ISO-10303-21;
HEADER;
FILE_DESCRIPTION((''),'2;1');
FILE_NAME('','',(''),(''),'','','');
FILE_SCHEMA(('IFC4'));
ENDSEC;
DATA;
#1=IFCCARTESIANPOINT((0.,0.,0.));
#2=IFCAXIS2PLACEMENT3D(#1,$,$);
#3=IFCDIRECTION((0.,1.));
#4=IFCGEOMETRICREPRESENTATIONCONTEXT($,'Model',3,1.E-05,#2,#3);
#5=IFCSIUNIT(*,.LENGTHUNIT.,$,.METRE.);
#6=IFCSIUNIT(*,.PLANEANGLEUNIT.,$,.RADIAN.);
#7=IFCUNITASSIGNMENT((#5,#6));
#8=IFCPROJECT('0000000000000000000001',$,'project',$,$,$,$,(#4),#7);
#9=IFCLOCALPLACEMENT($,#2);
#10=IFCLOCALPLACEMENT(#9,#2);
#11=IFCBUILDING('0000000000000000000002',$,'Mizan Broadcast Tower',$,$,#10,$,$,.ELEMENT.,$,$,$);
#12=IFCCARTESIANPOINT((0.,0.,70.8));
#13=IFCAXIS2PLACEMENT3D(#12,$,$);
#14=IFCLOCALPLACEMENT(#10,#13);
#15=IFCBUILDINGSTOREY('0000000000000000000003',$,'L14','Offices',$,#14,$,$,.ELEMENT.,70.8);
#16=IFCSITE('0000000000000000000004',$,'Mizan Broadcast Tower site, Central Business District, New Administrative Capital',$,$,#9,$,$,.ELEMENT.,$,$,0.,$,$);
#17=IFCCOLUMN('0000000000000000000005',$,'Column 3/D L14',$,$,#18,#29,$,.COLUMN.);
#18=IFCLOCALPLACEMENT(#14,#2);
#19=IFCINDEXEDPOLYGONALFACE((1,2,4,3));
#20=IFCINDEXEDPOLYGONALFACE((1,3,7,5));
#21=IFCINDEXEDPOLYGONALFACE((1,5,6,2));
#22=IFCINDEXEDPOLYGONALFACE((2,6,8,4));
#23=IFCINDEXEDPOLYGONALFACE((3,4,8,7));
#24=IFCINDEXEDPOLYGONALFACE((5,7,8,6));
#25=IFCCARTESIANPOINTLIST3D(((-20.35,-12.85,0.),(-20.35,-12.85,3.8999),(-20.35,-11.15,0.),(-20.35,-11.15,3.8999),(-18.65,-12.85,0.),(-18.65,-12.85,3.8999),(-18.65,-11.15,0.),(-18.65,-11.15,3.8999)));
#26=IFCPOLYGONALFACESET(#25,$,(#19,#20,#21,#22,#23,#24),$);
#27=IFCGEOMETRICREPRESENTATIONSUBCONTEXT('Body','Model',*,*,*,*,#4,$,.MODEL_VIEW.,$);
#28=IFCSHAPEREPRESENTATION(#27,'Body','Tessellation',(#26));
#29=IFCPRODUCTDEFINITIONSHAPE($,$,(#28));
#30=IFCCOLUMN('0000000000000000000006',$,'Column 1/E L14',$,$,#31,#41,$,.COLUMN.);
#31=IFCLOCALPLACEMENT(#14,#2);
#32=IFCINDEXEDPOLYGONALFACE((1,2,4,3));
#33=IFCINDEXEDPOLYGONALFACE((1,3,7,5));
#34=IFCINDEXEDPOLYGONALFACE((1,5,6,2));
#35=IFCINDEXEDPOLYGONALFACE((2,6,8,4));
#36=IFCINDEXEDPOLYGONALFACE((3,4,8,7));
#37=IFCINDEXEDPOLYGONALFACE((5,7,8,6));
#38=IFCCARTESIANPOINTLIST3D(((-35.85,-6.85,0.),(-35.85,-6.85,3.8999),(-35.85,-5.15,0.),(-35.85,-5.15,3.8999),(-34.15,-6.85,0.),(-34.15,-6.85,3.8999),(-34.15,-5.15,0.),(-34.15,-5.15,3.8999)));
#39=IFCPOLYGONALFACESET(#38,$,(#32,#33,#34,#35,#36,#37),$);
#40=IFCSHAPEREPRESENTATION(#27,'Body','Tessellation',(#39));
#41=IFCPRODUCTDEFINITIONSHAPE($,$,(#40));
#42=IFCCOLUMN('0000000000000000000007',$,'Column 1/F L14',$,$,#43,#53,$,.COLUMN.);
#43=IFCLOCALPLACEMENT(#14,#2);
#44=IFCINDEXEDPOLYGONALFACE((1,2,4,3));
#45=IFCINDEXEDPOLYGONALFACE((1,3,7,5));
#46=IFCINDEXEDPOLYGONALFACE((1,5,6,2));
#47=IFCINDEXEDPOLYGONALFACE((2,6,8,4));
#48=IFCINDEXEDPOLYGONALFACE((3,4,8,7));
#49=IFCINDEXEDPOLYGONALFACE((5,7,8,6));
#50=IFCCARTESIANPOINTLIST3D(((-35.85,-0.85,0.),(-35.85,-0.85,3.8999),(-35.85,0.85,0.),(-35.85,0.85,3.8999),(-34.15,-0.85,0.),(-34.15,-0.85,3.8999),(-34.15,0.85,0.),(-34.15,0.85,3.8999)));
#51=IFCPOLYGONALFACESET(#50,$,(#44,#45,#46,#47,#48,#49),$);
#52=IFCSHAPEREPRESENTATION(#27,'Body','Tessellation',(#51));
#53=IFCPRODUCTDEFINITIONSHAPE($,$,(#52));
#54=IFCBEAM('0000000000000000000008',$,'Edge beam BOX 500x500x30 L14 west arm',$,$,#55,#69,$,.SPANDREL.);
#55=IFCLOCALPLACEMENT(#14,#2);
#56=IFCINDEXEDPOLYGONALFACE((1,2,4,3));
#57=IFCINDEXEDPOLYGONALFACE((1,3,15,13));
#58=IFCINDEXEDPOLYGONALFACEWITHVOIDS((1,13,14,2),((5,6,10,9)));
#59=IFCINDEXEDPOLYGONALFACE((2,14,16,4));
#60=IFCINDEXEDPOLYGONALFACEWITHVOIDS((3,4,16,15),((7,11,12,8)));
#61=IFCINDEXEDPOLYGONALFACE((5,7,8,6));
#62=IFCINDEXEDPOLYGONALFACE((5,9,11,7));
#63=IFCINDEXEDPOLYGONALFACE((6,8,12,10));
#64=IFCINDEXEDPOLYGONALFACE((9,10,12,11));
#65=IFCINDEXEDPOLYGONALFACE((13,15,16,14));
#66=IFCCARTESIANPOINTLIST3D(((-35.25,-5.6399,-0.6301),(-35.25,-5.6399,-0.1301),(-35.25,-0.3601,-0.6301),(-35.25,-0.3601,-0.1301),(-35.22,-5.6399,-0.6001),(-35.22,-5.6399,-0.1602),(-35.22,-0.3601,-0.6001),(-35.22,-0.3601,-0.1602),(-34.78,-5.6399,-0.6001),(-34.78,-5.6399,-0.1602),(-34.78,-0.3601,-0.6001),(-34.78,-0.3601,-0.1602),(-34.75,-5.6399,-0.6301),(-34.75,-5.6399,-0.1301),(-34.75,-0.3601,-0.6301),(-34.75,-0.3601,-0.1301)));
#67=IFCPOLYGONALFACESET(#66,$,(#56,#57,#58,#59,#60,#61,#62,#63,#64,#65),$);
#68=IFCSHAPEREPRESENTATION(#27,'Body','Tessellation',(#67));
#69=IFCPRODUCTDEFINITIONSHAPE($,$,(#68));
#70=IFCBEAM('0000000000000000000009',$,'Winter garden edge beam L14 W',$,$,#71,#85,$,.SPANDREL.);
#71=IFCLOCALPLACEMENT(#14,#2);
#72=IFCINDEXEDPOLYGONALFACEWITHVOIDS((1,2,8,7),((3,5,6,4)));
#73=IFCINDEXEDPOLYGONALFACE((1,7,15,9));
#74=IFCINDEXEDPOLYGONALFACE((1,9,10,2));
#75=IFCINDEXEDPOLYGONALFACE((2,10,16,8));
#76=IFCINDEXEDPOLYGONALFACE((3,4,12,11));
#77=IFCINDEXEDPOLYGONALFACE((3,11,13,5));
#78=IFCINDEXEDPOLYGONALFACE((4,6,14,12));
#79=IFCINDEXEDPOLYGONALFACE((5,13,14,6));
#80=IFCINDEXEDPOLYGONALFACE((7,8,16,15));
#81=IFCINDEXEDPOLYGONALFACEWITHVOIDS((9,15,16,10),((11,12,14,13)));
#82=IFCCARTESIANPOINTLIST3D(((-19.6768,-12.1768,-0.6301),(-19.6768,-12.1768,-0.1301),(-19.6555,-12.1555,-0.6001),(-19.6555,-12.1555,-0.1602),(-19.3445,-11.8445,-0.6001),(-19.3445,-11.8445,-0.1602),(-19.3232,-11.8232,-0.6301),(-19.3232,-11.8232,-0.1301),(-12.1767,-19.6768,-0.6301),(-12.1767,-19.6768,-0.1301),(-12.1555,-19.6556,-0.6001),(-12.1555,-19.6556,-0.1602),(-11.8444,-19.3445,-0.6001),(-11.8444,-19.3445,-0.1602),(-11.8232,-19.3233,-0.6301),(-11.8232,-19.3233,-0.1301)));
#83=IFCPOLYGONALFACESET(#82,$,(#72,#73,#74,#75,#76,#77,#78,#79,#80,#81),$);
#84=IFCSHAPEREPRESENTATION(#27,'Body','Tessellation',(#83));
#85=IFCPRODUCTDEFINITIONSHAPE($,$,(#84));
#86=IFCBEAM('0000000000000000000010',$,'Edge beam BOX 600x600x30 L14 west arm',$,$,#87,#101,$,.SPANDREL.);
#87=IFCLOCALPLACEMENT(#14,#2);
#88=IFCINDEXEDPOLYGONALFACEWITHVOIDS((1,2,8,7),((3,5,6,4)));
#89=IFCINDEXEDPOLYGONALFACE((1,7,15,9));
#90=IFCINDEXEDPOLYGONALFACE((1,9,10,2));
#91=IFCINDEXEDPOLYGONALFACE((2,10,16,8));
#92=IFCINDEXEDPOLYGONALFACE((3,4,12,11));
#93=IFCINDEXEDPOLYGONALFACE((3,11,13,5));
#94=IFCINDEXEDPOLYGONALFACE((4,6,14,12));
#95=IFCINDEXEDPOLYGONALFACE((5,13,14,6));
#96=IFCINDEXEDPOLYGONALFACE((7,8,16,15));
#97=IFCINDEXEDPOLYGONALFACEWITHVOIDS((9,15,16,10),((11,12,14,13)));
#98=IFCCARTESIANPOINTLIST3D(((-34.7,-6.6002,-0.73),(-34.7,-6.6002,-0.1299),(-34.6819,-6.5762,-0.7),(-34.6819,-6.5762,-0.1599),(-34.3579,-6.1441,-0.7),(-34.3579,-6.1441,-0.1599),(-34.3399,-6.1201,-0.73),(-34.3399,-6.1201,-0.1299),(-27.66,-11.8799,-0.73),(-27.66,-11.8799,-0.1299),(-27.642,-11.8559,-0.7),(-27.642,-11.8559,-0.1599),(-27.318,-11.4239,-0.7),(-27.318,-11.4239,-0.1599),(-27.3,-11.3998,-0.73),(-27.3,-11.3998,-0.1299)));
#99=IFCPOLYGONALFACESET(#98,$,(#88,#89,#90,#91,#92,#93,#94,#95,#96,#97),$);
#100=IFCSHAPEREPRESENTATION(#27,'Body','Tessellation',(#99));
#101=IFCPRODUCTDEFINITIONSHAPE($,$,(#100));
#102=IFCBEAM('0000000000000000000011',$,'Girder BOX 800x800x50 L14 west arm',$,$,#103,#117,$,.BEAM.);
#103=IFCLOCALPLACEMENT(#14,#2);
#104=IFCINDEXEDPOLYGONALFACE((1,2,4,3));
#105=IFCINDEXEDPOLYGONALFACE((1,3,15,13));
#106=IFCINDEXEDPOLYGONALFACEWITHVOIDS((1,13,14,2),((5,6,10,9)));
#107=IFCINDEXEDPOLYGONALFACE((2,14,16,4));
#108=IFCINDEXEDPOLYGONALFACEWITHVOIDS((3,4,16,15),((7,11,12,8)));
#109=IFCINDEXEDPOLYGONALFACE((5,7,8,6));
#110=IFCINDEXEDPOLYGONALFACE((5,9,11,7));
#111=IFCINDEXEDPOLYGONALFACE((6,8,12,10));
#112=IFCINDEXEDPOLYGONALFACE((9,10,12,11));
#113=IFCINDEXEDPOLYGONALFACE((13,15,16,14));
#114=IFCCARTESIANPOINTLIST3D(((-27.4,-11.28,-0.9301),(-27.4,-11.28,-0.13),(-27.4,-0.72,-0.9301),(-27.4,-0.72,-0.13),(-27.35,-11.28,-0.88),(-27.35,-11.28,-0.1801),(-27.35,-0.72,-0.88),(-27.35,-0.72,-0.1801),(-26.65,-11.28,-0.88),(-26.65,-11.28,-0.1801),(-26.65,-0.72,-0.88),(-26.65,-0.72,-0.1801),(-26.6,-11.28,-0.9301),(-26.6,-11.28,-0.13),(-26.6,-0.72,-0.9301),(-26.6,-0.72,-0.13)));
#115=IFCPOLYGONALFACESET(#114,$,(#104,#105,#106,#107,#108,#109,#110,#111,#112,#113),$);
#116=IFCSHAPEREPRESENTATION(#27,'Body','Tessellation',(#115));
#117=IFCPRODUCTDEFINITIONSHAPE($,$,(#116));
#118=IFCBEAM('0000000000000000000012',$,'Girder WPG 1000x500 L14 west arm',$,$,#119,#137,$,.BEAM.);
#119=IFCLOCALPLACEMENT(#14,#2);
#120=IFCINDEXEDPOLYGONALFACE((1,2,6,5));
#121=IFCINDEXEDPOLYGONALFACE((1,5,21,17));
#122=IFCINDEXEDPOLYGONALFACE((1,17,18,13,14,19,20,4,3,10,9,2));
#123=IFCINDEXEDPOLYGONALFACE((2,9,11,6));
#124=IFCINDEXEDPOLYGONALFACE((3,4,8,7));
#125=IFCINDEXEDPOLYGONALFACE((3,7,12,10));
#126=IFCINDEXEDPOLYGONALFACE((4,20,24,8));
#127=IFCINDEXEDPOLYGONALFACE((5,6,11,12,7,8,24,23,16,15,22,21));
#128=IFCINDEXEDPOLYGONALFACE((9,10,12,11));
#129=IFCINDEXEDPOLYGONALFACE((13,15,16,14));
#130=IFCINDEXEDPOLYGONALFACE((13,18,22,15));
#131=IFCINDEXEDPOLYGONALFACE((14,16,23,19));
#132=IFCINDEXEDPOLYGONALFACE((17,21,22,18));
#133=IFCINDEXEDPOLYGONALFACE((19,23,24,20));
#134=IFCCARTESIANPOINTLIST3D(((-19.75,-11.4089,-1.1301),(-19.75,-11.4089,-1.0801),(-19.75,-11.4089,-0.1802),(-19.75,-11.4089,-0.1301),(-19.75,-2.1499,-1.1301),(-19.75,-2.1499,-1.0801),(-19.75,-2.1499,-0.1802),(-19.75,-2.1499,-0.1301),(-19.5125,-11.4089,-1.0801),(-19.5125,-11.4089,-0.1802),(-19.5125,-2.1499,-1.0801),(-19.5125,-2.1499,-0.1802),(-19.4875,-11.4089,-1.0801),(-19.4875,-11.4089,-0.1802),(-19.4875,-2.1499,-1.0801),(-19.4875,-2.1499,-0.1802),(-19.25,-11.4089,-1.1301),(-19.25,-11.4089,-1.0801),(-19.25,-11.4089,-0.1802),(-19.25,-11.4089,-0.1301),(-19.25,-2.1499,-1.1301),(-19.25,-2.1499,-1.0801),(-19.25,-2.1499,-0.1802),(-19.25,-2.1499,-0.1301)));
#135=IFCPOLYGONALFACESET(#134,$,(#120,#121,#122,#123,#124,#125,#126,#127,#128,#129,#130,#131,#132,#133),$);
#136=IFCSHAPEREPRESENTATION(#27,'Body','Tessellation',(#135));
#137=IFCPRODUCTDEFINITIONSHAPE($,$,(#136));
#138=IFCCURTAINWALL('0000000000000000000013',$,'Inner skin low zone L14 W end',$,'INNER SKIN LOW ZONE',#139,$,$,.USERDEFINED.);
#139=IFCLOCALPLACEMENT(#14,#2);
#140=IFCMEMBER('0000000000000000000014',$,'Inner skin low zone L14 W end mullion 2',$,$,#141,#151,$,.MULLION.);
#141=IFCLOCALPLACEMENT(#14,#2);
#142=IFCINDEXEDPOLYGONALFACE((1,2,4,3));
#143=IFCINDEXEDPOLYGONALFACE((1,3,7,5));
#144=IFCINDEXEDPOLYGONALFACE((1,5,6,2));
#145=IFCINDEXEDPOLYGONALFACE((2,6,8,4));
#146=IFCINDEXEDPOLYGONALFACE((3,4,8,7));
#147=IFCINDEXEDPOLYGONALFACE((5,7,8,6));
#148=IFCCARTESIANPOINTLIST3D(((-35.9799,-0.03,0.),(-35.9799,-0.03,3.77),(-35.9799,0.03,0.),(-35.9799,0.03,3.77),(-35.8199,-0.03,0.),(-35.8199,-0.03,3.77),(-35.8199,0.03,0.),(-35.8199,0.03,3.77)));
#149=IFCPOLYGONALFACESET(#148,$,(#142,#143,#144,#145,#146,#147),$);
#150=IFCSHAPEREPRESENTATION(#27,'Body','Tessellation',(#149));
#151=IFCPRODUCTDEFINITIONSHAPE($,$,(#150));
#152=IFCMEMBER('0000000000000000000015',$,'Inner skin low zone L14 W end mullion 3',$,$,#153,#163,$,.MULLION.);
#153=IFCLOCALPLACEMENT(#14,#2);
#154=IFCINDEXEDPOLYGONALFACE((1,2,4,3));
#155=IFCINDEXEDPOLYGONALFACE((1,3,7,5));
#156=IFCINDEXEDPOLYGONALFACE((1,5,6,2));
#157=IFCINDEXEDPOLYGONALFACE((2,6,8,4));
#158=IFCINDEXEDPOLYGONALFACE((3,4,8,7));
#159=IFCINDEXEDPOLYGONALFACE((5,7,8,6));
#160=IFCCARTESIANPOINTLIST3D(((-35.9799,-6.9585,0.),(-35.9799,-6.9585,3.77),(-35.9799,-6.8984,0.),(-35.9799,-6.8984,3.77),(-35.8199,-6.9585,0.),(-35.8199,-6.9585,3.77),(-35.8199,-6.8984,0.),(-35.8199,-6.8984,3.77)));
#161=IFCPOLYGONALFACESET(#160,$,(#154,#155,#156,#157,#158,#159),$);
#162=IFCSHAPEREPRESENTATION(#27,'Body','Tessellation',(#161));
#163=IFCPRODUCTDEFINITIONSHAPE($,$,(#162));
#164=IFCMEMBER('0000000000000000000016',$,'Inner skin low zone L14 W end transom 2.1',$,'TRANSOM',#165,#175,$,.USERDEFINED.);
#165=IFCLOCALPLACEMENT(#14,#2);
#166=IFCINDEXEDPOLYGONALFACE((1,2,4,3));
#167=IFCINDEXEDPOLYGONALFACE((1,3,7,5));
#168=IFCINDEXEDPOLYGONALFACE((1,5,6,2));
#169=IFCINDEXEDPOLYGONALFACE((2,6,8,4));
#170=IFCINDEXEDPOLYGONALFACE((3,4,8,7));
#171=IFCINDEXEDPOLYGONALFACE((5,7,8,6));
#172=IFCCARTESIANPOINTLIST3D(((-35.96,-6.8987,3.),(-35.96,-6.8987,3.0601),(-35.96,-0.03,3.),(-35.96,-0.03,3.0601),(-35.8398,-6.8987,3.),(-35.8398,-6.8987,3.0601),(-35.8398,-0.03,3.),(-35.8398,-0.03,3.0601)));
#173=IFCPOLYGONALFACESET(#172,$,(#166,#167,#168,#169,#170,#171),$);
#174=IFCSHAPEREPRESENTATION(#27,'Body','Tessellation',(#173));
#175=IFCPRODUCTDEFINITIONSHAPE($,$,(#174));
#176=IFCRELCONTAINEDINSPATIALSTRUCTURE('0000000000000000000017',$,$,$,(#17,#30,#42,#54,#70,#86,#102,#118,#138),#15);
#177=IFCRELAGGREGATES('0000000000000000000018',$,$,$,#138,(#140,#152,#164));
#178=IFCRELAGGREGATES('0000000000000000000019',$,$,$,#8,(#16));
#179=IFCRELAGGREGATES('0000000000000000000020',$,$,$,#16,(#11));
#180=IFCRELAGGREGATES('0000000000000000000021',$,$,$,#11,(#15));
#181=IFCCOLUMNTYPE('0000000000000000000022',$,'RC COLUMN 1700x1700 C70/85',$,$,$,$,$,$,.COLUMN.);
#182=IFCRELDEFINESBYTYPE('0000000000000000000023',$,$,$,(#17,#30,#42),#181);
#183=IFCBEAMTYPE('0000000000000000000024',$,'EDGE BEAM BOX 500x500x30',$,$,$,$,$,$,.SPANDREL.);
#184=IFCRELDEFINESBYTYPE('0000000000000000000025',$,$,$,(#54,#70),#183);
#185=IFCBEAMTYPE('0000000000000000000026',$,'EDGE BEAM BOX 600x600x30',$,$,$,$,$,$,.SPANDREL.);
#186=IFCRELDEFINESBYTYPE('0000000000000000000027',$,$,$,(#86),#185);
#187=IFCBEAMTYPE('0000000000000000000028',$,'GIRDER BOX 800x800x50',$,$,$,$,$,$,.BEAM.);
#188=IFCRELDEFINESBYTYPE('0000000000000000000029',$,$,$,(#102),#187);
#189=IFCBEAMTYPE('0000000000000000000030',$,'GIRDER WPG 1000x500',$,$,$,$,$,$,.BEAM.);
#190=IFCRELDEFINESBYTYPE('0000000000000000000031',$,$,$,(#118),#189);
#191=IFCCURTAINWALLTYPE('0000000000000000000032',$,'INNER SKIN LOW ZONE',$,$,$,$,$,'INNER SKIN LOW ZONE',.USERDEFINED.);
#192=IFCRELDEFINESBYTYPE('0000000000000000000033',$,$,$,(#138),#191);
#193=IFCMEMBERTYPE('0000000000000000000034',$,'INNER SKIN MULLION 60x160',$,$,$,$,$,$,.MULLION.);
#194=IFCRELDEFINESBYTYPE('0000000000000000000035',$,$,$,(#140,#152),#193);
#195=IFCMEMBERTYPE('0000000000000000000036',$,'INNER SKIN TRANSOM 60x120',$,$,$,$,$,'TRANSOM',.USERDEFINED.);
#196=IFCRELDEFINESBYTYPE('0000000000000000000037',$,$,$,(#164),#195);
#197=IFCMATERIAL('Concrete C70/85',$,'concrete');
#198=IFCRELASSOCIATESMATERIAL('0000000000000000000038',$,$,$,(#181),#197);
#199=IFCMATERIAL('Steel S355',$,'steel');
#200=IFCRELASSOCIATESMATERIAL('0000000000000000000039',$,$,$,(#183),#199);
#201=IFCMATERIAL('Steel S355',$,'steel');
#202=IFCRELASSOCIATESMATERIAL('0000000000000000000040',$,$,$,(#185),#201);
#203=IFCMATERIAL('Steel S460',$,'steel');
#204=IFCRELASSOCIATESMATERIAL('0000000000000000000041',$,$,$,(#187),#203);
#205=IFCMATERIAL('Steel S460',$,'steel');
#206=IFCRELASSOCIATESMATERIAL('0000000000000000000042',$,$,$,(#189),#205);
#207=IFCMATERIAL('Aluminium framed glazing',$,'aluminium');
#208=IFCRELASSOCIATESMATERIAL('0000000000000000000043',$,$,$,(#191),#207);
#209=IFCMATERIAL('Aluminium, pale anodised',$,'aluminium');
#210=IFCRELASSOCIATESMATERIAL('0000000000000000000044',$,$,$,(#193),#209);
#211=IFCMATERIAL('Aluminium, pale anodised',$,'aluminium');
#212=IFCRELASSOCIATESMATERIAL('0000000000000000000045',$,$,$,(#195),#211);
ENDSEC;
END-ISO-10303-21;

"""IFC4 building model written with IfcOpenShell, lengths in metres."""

from ifc_helpers import new_model, si_unit, direction, frame, origin, origin_2d, place, context, subcontext, project, spatial, rectangle, hollow_rectangle, i_section, extrude, material, material_profile, profile_set, type_object, element, aggregate, save


model = new_model("IFC4")

# Units and contexts
model_context = context("Model", 3, precision=1e-05, world=origin(), true_north=direction((0.0, 1.0)))
body_context = subcontext(model_context, "Body", "Model", "MODEL_VIEW")
ifc_project = project(units=[si_unit("LENGTHUNIT", "METRE"), si_unit("PLANEANGLEUNIT", "RADIAN")], contexts=[model_context])

# Site, building, storey
site_placement = place(None, origin())
site = spatial("IfcSite", under=ifc_project, at=site_placement, Name="Mizan Broadcast Tower site, Central Business District, New Administrative Capital", CompositionType="ELEMENT", RefElevation=0.0)
building_placement = place(site_placement, origin())
building = spatial("IfcBuilding", under=site, at=building_placement, Name="Mizan Broadcast Tower", CompositionType="ELEMENT")
storey_placement = place(building_placement, frame((0.0, 0.0, 70.8)))
storey = spatial("IfcBuildingStorey", under=building, at=storey_placement, Name="L14", Description="Offices", CompositionType="ELEMENT", Elevation=70.8)

# Columns
ifc_material_1 = material(Name="Concrete C70/85", Category="concrete")
ifc_material_profile_1 = material_profile(ifc_material_1, rectangle(XDim=1.7, YDim=1.7, at=origin_2d()), Name="RC 1700x1700")
ifc_profile_set_1 = profile_set([ifc_material_profile_1], Name="Concrete C70/85")
column_type = type_object("IfcColumnType", Name="RC COLUMN 1700x1700 C70/85", PredefinedType="COLUMN", material=ifc_profile_set_1)
for number, where, z_axis, x_axis, name in (
    (1, (-19.5, -12.0, 0.0), (0.0, 0.0, 1.0), (1.0, 0.0, 0.0), "Column 3/D L14"),
    (2, (-35.0, -6.0, 0.0), (0.0, 0.0, 1.0), (1.0, 0.0, 0.0), "Column 1/E L14"),
    (3, (-35.0, 0.0, 0.0), (0.0, 0.0, 1.0), (1.0, 0.0, 0.0), "Column 1/F L14"),
):
    element("IfcColumn", number, at=place(storey_placement, frame(where, z_axis=z_axis, x_axis=x_axis)), inside=storey, type_object=column_type, Name=name, PredefinedType="COLUMN", context=body_context, shape_type="SweptSolid", body=[
        extrude(rectangle(XDim=1.7, YDim=1.7, at=origin_2d()), origin(), (0.0, 0.0, 1.0), 3.8999),
    ])

# Beams
ifc_material_2 = material(Name="Steel S355", Category="steel")
ifc_material_profile_2 = material_profile(ifc_material_2, hollow_rectangle(XDim=0.5, YDim=0.5, WallThickness=0.03, at=origin_2d()), Name="BOX 500x500x30")
ifc_profile_set_2 = profile_set([ifc_material_profile_2], Name="Steel S355")
beam_type_1 = type_object("IfcBeamType", Name="EDGE BEAM BOX 500x500x30", PredefinedType="SPANDREL", material=ifc_profile_set_2)
beam_1_placement = place(storey_placement, frame((-35.0, -5.6399, -0.3801), z_axis=(0.0, 1.0, 0.0), x_axis=(-1.0, 0.0, 0.0)))
element("IfcBeam", 4, at=beam_1_placement, inside=storey, type_object=beam_type_1, Name="Edge beam BOX 500x500x30 L14 west arm", PredefinedType="SPANDREL", context=body_context, shape_type="SweptSolid", body=[
    extrude(hollow_rectangle(XDim=0.5, YDim=0.5, WallThickness=0.03, at=origin_2d()), origin(), (0.0, 0.0, 1.0), 5.2798),
])
beam_2_placement = place(storey_placement, frame((-19.5, -12.0, -0.3801), z_axis=(0.707107, -0.707107, 0.0), x_axis=(0.707107, 0.707107, 0.0)))
element("IfcBeam", 5, at=beam_2_placement, inside=storey, type_object=beam_type_1, Name="Winter garden edge beam L14 W", PredefinedType="SPANDREL", context=body_context, shape_type="SweptSolid", body=[
    extrude(hollow_rectangle(XDim=0.5, YDim=0.5, WallThickness=0.03, at=origin_2d()), origin(), (0.0, 0.0, 1.0), 10.6067),
])
ifc_material_3 = material(Name="Steel S355", Category="steel")
ifc_material_profile_3 = material_profile(ifc_material_3, hollow_rectangle(XDim=0.6001, YDim=0.6001, WallThickness=0.03, at=origin_2d()), Name="BOX 600x600x30")
ifc_profile_set_3 = profile_set([ifc_material_profile_3], Name="Steel S355")
beam_type_2 = type_object("IfcBeamType", Name="EDGE BEAM BOX 600x600x30", PredefinedType="SPANDREL", material=ifc_profile_set_3)
beam_3_placement = place(storey_placement, frame((-27.48, -11.6399, -0.4299), z_axis=(-0.800013, 0.599982, 0.0), x_axis=(-0.599982, -0.800013, 0.0)))
element("IfcBeam", 6, at=beam_3_placement, inside=storey, type_object=beam_type_2, Name="Edge beam BOX 600x600x30 L14 west arm", PredefinedType="SPANDREL", context=body_context, shape_type="SweptSolid", body=[
    extrude(hollow_rectangle(XDim=0.6001, YDim=0.6001, WallThickness=0.03, at=origin_2d()), origin(), (0.0, 0.0, 1.0), 8.7998),
])
ifc_material_4 = material(Name="Steel S460", Category="steel")
ifc_material_profile_4 = material_profile(ifc_material_4, hollow_rectangle(XDim=0.8, YDim=0.8, WallThickness=0.05, at=origin_2d()), Name="BOX 800x800x50")
ifc_profile_set_4 = profile_set([ifc_material_profile_4], Name="Steel S460")
beam_type_3 = type_object("IfcBeamType", Name="GIRDER BOX 800x800x50", PredefinedType="BEAM", material=ifc_profile_set_4)
beam_4_placement = place(storey_placement, frame((-27.0, -11.28, -0.53), z_axis=(0.0, 1.0, 0.0), x_axis=(-1.0, 0.0, 0.0)))
element("IfcBeam", 7, at=beam_4_placement, inside=storey, type_object=beam_type_3, Name="Girder BOX 800x800x50 L14 west arm", PredefinedType="BEAM", context=body_context, shape_type="SweptSolid", body=[
    extrude(hollow_rectangle(XDim=0.8, YDim=0.8, WallThickness=0.05, at=origin_2d()), origin(), (0.0, 0.0, 1.0), 10.5601),
])
ifc_material_5 = material(Name="Steel S460", Category="steel")
ifc_material_profile_5 = material_profile(ifc_material_5, i_section(OverallWidth=0.5, OverallDepth=1.0, WebThickness=0.0249, FlangeThickness=0.05, at=origin_2d()), Name="WPG 1000x500")
ifc_profile_set_5 = profile_set([ifc_material_profile_5], Name="Steel S460")
beam_type_4 = type_object("IfcBeamType", Name="GIRDER WPG 1000x500", PredefinedType="BEAM", material=ifc_profile_set_5)
beam_5_placement = place(storey_placement, frame((-19.5, -11.4089, -0.6301), z_axis=(0.0, 1.0, 0.0), x_axis=(-1.0, 0.0, 0.0)))
element("IfcBeam", 8, at=beam_5_placement, inside=storey, type_object=beam_type_4, Name="Girder WPG 1000x500 L14 west arm", PredefinedType="BEAM", context=body_context, shape_type="SweptSolid", body=[
    extrude(i_section(OverallWidth=0.5, OverallDepth=1.0, WebThickness=0.0249, FlangeThickness=0.05, at=origin_2d()), origin(), (0.0, 0.0, 1.0), 9.259),
])

# Curtain wall, members
ifc_material_6 = material(Name="Aluminium framed glazing", Category="aluminium")
curtain_wall_type_1 = type_object("IfcCurtainWallType", Name="INNER SKIN LOW ZONE", ElementType="INNER SKIN LOW ZONE", PredefinedType="USERDEFINED", material=ifc_material_6)
curtain_wall_1_placement = place(storey_placement, origin())
curtain_wall_1 = element("IfcCurtainWall", 9, at=curtain_wall_1_placement, inside=storey, type_object=curtain_wall_type_1, Name="Inner skin low zone L14 W end", ObjectType="INNER SKIN LOW ZONE", PredefinedType="USERDEFINED")
ifc_material_7 = material(Name="Aluminium, pale anodised", Category="aluminium")
ifc_material_profile_6 = material_profile(ifc_material_7, rectangle(XDim=0.1599, YDim=0.0601, at=origin_2d()), Name="MULLION 160x60")
ifc_profile_set_6 = profile_set([ifc_material_profile_6], Name="Aluminium, pale anodised")
member_type_1 = type_object("IfcMemberType", Name="INNER SKIN MULLION 60x160", PredefinedType="MULLION", material=ifc_profile_set_6)
member_1_placement = place(storey_placement, frame((-35.8999, 0.0, 0.0), z_axis=(0.0, 0.0, 1.0), x_axis=(1.0, 0.0, 0.0)))
member_1 = element("IfcMember", 10, at=member_1_placement, type_object=member_type_1, Name="Inner skin low zone L14 W end mullion 2", PredefinedType="MULLION", context=body_context, shape_type="SweptSolid", body=[
    extrude(rectangle(XDim=0.1599, YDim=0.0601, at=origin_2d()), origin(), (0.0, 0.0, 1.0), 3.77),
])
member_2_placement = place(storey_placement, frame((-35.8999, -6.9285, 0.0), z_axis=(0.0, 0.0, 1.0), x_axis=(1.0, 0.0, 0.0)))
member_2 = element("IfcMember", 11, at=member_2_placement, type_object=member_type_1, Name="Inner skin low zone L14 W end mullion 3", PredefinedType="MULLION", context=body_context, shape_type="SweptSolid", body=[
    extrude(rectangle(XDim=0.1599, YDim=0.0601, at=origin_2d()), origin(), (0.0, 0.0, 1.0), 3.77),
])
ifc_material_8 = material(Name="Aluminium, pale anodised", Category="aluminium")
ifc_material_profile_7 = material_profile(ifc_material_8, rectangle(XDim=0.1201, YDim=0.0601, at=origin_2d()), Name="TRANSOM 120x60")
ifc_profile_set_7 = profile_set([ifc_material_profile_7], Name="Aluminium, pale anodised")
member_type_2 = type_object("IfcMemberType", Name="INNER SKIN TRANSOM 60x120", ElementType="TRANSOM", PredefinedType="USERDEFINED", material=ifc_profile_set_7)
member_3_placement = place(storey_placement, frame((-35.8999, -0.03, 3.03), z_axis=(0.0, -1.0, 0.0), x_axis=(1.0, 0.0, 0.0)))
member_3 = element("IfcMember", 12, at=member_3_placement, type_object=member_type_2, Name="Inner skin low zone L14 W end transom 2.1", ObjectType="TRANSOM", PredefinedType="USERDEFINED", context=body_context, shape_type="SweptSolid", body=[
    extrude(rectangle(XDim=0.1201, YDim=0.0601, at=origin_2d()), origin(), (0.0, 0.0, 1.0), 6.8687),
])

aggregate(curtain_wall_1, [member_1, member_2, member_3])

save(model, "model.ifc")
